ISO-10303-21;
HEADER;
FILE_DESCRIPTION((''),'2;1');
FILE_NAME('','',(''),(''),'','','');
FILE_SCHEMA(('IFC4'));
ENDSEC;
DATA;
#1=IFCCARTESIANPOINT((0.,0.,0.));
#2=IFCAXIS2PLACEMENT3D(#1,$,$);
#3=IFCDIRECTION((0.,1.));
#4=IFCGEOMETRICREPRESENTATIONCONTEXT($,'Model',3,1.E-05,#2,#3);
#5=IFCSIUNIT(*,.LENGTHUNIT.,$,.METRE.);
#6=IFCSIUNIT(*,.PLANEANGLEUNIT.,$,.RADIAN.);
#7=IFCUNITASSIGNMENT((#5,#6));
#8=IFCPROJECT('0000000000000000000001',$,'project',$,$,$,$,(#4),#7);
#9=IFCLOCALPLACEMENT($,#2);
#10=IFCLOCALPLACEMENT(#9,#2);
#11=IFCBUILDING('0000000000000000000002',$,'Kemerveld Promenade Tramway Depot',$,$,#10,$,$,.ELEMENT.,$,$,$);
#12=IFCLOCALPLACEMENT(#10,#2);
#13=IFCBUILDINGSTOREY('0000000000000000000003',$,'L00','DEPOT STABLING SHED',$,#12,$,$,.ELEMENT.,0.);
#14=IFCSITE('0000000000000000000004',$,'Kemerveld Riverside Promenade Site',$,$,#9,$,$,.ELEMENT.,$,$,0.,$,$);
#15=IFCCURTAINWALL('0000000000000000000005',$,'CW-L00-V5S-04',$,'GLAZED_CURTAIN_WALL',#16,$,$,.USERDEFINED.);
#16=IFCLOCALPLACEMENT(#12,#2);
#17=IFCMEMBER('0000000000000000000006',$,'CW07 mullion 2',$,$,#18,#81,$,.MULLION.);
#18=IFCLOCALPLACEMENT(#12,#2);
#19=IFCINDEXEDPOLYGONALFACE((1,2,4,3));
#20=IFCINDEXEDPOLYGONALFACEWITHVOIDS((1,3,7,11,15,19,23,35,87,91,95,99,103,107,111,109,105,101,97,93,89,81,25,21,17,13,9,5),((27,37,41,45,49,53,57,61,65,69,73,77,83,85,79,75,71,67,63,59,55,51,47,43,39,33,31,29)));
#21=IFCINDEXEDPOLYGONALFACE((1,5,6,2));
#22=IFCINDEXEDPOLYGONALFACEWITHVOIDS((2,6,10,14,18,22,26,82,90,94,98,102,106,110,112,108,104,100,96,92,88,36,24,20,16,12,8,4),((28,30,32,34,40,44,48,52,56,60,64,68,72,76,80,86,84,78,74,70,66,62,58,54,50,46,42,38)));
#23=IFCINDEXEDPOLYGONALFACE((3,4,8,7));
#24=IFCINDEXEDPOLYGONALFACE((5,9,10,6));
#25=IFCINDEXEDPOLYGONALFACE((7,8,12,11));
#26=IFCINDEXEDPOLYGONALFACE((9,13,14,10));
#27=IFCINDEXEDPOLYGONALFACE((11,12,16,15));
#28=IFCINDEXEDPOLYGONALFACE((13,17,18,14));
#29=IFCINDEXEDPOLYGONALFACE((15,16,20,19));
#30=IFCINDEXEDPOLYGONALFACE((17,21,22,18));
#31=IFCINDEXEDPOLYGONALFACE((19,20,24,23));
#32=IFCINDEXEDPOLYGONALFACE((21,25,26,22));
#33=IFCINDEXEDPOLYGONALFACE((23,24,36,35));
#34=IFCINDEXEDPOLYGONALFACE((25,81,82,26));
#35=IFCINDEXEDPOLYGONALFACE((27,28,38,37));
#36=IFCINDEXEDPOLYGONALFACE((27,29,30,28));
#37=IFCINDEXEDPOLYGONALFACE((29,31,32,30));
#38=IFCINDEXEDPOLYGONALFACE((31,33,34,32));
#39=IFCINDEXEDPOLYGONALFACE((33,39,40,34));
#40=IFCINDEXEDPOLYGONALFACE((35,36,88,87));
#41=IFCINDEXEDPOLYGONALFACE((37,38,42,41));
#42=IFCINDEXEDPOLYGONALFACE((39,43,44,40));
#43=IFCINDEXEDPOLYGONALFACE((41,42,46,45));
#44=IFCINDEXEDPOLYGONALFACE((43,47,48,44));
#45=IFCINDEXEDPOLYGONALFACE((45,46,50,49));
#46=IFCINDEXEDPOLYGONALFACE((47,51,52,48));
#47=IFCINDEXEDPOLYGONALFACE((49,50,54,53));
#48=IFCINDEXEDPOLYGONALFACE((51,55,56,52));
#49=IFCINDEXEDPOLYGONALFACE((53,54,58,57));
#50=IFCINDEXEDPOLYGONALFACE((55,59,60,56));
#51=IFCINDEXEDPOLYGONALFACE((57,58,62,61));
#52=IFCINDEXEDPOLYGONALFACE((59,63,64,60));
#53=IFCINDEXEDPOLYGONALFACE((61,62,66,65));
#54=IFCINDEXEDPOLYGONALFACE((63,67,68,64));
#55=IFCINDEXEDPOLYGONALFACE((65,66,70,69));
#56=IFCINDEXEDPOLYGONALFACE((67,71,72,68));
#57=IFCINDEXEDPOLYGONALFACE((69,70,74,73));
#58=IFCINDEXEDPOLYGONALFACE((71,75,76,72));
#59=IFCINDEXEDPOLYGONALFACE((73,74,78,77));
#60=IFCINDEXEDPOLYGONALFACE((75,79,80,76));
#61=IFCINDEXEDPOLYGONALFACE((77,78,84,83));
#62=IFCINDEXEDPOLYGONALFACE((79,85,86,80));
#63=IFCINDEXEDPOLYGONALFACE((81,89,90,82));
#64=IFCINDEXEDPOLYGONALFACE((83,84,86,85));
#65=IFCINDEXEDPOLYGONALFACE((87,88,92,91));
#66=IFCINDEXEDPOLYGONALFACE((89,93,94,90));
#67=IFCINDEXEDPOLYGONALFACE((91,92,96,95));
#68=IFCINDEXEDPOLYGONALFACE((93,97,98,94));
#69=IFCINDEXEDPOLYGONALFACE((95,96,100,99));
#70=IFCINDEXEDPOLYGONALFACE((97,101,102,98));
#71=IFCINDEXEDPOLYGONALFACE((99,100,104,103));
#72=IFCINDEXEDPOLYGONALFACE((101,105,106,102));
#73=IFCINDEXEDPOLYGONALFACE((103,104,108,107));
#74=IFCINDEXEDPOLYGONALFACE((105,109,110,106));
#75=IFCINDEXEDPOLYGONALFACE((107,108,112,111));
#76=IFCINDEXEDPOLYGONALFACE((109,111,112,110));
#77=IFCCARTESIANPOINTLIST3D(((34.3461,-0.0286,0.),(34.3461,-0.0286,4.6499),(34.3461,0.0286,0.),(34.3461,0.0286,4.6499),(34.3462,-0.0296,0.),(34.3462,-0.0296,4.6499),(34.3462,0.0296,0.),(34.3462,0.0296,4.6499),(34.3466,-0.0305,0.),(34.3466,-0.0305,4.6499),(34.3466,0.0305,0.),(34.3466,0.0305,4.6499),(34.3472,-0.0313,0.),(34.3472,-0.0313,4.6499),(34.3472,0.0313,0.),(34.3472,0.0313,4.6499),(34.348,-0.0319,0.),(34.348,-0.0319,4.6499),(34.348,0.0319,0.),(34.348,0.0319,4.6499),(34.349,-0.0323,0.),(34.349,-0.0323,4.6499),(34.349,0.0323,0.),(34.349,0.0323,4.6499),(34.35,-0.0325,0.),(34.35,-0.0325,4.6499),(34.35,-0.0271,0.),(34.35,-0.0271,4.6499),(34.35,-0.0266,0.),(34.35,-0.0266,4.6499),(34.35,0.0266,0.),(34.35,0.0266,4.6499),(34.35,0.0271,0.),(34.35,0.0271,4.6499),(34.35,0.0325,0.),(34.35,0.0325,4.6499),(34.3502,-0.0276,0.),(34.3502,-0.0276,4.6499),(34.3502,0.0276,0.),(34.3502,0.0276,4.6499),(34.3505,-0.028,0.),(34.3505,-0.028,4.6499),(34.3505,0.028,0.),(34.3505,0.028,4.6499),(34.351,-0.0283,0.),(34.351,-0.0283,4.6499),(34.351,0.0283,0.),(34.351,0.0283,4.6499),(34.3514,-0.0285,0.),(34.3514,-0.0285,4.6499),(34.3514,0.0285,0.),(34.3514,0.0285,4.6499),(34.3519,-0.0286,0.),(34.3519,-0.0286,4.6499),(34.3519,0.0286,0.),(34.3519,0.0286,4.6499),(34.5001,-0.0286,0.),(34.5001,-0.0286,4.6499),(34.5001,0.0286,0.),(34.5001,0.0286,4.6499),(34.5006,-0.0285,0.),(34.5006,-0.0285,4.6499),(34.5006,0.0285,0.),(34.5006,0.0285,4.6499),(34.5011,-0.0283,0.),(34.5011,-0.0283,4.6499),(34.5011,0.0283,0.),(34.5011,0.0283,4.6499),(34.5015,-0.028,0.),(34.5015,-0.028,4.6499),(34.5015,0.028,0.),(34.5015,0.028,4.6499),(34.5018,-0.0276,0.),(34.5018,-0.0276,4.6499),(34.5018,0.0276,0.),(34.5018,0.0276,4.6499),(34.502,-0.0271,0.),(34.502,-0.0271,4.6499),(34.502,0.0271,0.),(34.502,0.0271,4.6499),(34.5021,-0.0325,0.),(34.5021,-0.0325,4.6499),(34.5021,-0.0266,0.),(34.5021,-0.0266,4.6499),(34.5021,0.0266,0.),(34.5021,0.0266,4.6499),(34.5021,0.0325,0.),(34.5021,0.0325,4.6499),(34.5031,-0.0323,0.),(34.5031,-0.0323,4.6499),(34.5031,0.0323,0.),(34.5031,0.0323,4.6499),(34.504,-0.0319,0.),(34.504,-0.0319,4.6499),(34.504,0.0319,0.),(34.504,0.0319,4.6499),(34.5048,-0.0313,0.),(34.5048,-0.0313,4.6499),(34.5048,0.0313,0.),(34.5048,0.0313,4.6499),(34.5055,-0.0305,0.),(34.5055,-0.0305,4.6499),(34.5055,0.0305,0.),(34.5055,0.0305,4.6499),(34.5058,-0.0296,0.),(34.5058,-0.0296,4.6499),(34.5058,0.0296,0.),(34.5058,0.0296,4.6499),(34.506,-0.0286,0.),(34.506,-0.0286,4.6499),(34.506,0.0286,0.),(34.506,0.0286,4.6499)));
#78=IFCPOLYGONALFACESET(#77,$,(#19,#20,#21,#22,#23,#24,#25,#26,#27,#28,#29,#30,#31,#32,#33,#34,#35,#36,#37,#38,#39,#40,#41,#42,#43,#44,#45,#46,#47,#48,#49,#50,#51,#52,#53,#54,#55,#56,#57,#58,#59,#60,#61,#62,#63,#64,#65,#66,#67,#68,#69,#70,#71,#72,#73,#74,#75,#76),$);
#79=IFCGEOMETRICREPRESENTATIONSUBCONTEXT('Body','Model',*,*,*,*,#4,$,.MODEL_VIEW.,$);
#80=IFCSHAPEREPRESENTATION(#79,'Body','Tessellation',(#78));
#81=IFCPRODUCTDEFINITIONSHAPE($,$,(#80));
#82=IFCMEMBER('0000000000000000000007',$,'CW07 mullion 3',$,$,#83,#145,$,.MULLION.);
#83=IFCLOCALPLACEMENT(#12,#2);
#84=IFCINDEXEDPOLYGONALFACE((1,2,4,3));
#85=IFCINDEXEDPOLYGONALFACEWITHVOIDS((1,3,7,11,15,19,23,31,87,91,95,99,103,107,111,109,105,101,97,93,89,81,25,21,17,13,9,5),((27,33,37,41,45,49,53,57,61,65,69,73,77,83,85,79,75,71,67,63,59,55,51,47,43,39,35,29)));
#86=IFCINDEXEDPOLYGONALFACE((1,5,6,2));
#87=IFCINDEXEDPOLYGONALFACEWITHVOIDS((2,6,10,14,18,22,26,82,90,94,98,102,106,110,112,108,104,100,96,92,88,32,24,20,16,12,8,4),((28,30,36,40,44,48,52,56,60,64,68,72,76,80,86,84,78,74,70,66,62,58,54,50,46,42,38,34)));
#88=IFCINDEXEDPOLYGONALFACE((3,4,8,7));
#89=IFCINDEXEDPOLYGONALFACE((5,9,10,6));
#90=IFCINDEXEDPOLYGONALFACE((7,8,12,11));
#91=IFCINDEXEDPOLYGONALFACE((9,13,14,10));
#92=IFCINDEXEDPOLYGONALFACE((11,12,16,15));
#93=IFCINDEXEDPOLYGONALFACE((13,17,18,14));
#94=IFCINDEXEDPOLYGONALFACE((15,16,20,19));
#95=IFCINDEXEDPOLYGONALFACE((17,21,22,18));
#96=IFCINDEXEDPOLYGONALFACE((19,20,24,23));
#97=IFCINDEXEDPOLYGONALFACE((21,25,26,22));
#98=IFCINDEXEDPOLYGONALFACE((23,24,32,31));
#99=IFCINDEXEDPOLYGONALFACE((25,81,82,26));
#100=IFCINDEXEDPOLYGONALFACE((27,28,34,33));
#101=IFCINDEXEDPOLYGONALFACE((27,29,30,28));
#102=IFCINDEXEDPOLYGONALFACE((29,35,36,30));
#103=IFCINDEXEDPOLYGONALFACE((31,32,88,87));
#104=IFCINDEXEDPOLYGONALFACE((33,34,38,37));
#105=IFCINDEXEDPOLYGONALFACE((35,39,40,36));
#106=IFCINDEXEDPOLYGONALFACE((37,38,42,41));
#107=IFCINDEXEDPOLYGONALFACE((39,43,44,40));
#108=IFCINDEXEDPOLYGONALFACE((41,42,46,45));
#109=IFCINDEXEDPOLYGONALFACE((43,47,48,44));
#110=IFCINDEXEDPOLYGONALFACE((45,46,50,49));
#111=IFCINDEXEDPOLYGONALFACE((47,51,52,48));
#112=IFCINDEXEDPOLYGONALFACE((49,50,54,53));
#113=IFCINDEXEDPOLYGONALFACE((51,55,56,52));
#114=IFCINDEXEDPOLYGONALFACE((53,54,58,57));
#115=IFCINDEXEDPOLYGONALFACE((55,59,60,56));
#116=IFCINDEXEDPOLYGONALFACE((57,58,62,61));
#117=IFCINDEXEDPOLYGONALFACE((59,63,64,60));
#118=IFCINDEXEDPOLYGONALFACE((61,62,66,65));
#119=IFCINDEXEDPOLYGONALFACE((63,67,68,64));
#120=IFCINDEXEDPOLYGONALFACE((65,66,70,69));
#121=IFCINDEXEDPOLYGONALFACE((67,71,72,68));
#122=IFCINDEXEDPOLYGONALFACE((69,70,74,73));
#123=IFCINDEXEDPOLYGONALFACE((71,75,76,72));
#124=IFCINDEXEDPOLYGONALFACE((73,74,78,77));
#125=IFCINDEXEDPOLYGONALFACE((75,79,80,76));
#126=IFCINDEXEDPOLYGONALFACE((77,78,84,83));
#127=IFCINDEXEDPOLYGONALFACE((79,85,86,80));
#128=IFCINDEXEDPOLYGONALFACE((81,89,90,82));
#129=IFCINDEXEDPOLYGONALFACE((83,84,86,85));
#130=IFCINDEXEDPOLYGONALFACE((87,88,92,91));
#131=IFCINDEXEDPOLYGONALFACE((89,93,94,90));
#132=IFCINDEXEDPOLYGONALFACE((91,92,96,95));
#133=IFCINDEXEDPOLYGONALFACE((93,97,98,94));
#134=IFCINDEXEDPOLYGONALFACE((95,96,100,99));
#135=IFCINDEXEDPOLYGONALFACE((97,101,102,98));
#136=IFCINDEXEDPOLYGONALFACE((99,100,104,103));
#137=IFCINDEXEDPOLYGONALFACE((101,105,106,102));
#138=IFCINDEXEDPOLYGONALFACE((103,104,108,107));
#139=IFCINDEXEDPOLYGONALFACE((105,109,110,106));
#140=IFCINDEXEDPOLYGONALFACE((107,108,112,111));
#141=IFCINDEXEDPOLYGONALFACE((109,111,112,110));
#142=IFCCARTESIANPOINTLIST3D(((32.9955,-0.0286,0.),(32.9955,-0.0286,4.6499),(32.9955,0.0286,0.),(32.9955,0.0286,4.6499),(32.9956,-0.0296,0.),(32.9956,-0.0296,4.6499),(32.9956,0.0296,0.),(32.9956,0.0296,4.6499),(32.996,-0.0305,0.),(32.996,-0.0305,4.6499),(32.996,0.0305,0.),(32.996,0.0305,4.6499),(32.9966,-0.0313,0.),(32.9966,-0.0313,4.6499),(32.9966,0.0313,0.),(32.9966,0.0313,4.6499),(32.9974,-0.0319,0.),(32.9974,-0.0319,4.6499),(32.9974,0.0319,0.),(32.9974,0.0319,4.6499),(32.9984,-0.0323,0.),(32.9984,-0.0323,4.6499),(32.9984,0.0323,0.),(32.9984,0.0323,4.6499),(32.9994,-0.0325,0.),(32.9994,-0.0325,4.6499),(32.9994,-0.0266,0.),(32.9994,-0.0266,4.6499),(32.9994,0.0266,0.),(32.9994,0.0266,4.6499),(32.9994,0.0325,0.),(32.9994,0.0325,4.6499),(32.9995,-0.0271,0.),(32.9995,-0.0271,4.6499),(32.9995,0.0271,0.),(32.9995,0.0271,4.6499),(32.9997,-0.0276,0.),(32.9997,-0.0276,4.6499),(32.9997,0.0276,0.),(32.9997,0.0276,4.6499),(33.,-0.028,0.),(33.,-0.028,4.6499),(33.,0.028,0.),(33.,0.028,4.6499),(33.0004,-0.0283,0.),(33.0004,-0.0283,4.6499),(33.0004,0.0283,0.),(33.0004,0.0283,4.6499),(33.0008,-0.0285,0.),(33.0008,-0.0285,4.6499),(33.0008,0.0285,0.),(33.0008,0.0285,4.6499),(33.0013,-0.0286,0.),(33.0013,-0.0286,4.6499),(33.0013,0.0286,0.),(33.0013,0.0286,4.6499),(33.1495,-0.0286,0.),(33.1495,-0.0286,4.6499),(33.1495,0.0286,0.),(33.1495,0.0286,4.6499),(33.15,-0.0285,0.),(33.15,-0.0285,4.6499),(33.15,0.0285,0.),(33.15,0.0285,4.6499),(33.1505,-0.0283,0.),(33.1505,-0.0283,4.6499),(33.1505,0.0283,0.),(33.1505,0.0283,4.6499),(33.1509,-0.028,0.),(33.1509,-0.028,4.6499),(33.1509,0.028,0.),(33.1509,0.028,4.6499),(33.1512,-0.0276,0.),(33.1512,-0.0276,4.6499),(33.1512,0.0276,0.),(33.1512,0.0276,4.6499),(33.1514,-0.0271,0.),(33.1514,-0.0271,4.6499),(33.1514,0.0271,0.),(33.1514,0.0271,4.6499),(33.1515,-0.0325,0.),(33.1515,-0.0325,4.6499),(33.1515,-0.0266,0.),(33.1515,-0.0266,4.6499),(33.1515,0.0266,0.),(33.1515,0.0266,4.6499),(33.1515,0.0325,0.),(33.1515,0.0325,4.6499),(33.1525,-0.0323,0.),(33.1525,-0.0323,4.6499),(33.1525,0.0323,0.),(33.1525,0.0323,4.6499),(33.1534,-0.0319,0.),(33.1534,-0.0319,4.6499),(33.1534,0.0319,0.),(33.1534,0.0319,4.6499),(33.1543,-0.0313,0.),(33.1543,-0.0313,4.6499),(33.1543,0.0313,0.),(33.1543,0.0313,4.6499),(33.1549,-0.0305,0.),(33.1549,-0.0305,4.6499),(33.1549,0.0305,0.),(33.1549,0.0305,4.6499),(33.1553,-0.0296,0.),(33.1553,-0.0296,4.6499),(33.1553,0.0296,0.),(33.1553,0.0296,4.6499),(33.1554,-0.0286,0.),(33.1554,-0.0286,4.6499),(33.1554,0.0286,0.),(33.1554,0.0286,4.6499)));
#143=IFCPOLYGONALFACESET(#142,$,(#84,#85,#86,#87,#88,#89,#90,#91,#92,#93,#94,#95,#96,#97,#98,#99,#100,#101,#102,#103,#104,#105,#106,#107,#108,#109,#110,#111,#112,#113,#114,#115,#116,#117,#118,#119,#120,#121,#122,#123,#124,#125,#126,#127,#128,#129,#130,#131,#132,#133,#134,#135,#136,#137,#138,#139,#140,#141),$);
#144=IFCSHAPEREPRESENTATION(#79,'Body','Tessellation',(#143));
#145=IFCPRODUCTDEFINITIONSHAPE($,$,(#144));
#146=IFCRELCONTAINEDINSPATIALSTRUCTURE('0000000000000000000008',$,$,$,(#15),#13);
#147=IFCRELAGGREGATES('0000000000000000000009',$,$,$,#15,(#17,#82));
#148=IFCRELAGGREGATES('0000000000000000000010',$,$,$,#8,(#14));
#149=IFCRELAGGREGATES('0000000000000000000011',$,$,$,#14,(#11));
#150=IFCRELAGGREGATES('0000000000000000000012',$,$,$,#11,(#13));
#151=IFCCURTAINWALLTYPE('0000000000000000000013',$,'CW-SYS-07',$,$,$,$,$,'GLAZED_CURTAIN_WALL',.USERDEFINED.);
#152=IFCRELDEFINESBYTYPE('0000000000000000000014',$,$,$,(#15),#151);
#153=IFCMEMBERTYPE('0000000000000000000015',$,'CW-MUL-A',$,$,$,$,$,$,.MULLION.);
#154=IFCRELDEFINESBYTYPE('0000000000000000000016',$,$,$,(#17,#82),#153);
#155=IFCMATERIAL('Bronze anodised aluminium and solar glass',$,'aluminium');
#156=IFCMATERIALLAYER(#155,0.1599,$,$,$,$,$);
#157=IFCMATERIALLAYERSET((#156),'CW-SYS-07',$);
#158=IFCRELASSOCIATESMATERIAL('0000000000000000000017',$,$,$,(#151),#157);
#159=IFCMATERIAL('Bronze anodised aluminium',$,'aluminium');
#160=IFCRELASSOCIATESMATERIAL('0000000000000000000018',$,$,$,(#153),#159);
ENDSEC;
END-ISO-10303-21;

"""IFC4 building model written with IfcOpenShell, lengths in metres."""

from ifc_helpers import new_model, si_unit, direction, frame, origin, origin_2d, place, context, subcontext, project, spatial, hollow_rectangle, extrude, material, layer, layer_set, material_profile, profile_set, type_object, element, aggregate, save


model = new_model("IFC4")

# Units and contexts
model_context = context("Model", 3, precision=1e-05, world=origin(), true_north=direction((0.0, 1.0)))
body_context = subcontext(model_context, "Body", "Model", "MODEL_VIEW")
ifc_project = project(units=[si_unit("LENGTHUNIT", "METRE"), si_unit("PLANEANGLEUNIT", "RADIAN")], contexts=[model_context])

# Site, building, storey
site_placement = place(None, origin())
site = spatial("IfcSite", under=ifc_project, at=site_placement, Name="Kemerveld Riverside Promenade Site", CompositionType="ELEMENT", RefElevation=0.0)
building_placement = place(site_placement, origin())
building = spatial("IfcBuilding", under=site, at=building_placement, Name="Kemerveld Promenade Tramway Depot", CompositionType="ELEMENT")
storey_placement = place(building_placement, origin())
storey = spatial("IfcBuildingStorey", under=building, at=storey_placement, Name="L00", Description="DEPOT STABLING SHED", CompositionType="ELEMENT", Elevation=0.0)

# Curtain wall, members
ifc_material_1 = material(Name="Bronze anodised aluminium and solar glass", Category="aluminium")
ifc_layer_1 = layer(ifc_material_1, 0.1599)
ifc_layer_set_1 = layer_set([ifc_layer_1], Name="CW-SYS-07")
curtain_wall_type = type_object("IfcCurtainWallType", Name="CW-SYS-07", ElementType="GLAZED_CURTAIN_WALL", PredefinedType="USERDEFINED", material=ifc_layer_set_1)
curtain_wall_placement = place(storey_placement, origin())
curtain_wall = element("IfcCurtainWall", 1, at=curtain_wall_placement, inside=storey, type_object=curtain_wall_type, Name="CW-L00-V5S-04", ObjectType="GLAZED_CURTAIN_WALL", PredefinedType="USERDEFINED")
ifc_material_2 = material(Name="Bronze anodised aluminium", Category="aluminium")
ifc_material_profile_1 = material_profile(ifc_material_2, hollow_rectangle(XDim=0.0649, YDim=0.1599, WallThickness=0.0039, InnerFilletRadius=0.002, OuterFilletRadius=0.0039, at=origin_2d()), Name="CW-MUL-160x65")
ifc_profile_set_1 = profile_set([ifc_material_profile_1], Name="Bronze anodised aluminium")
member_type_1 = type_object("IfcMemberType", Name="CW-MUL-A", PredefinedType="MULLION", material=ifc_profile_set_1)
member_1_placement = place(storey_placement, frame((34.426, 0.0, 0.0), z_axis=(0.0, 0.0, 1.0), x_axis=(0.0, -1.0, 0.0)))
member_1 = element("IfcMember", 2, at=member_1_placement, type_object=member_type_1, Name="CW07 mullion 2", PredefinedType="MULLION", context=body_context, shape_type="SweptSolid", body=[
    extrude(hollow_rectangle(XDim=0.0649, YDim=0.1599, WallThickness=0.0039, InnerFilletRadius=0.002, OuterFilletRadius=0.0039, at=origin_2d()), origin(), (0.0, 0.0, 1.0), 4.6499),
])
member_2_placement = place(storey_placement, frame((33.0754, 0.0, 0.0), z_axis=(0.0, 0.0, 1.0), x_axis=(0.0, -1.0, 0.0)))
member_2 = element("IfcMember", 3, at=member_2_placement, type_object=member_type_1, Name="CW07 mullion 3", PredefinedType="MULLION", context=body_context, shape_type="SweptSolid", body=[
    extrude(hollow_rectangle(XDim=0.0649, YDim=0.1599, WallThickness=0.0039, InnerFilletRadius=0.002, OuterFilletRadius=0.0039, at=origin_2d()), origin(), (0.0, 0.0, 1.0), 4.6499),
])
aggregate(curtain_wall, [member_1, member_2])

save(model, "model.ifc")
